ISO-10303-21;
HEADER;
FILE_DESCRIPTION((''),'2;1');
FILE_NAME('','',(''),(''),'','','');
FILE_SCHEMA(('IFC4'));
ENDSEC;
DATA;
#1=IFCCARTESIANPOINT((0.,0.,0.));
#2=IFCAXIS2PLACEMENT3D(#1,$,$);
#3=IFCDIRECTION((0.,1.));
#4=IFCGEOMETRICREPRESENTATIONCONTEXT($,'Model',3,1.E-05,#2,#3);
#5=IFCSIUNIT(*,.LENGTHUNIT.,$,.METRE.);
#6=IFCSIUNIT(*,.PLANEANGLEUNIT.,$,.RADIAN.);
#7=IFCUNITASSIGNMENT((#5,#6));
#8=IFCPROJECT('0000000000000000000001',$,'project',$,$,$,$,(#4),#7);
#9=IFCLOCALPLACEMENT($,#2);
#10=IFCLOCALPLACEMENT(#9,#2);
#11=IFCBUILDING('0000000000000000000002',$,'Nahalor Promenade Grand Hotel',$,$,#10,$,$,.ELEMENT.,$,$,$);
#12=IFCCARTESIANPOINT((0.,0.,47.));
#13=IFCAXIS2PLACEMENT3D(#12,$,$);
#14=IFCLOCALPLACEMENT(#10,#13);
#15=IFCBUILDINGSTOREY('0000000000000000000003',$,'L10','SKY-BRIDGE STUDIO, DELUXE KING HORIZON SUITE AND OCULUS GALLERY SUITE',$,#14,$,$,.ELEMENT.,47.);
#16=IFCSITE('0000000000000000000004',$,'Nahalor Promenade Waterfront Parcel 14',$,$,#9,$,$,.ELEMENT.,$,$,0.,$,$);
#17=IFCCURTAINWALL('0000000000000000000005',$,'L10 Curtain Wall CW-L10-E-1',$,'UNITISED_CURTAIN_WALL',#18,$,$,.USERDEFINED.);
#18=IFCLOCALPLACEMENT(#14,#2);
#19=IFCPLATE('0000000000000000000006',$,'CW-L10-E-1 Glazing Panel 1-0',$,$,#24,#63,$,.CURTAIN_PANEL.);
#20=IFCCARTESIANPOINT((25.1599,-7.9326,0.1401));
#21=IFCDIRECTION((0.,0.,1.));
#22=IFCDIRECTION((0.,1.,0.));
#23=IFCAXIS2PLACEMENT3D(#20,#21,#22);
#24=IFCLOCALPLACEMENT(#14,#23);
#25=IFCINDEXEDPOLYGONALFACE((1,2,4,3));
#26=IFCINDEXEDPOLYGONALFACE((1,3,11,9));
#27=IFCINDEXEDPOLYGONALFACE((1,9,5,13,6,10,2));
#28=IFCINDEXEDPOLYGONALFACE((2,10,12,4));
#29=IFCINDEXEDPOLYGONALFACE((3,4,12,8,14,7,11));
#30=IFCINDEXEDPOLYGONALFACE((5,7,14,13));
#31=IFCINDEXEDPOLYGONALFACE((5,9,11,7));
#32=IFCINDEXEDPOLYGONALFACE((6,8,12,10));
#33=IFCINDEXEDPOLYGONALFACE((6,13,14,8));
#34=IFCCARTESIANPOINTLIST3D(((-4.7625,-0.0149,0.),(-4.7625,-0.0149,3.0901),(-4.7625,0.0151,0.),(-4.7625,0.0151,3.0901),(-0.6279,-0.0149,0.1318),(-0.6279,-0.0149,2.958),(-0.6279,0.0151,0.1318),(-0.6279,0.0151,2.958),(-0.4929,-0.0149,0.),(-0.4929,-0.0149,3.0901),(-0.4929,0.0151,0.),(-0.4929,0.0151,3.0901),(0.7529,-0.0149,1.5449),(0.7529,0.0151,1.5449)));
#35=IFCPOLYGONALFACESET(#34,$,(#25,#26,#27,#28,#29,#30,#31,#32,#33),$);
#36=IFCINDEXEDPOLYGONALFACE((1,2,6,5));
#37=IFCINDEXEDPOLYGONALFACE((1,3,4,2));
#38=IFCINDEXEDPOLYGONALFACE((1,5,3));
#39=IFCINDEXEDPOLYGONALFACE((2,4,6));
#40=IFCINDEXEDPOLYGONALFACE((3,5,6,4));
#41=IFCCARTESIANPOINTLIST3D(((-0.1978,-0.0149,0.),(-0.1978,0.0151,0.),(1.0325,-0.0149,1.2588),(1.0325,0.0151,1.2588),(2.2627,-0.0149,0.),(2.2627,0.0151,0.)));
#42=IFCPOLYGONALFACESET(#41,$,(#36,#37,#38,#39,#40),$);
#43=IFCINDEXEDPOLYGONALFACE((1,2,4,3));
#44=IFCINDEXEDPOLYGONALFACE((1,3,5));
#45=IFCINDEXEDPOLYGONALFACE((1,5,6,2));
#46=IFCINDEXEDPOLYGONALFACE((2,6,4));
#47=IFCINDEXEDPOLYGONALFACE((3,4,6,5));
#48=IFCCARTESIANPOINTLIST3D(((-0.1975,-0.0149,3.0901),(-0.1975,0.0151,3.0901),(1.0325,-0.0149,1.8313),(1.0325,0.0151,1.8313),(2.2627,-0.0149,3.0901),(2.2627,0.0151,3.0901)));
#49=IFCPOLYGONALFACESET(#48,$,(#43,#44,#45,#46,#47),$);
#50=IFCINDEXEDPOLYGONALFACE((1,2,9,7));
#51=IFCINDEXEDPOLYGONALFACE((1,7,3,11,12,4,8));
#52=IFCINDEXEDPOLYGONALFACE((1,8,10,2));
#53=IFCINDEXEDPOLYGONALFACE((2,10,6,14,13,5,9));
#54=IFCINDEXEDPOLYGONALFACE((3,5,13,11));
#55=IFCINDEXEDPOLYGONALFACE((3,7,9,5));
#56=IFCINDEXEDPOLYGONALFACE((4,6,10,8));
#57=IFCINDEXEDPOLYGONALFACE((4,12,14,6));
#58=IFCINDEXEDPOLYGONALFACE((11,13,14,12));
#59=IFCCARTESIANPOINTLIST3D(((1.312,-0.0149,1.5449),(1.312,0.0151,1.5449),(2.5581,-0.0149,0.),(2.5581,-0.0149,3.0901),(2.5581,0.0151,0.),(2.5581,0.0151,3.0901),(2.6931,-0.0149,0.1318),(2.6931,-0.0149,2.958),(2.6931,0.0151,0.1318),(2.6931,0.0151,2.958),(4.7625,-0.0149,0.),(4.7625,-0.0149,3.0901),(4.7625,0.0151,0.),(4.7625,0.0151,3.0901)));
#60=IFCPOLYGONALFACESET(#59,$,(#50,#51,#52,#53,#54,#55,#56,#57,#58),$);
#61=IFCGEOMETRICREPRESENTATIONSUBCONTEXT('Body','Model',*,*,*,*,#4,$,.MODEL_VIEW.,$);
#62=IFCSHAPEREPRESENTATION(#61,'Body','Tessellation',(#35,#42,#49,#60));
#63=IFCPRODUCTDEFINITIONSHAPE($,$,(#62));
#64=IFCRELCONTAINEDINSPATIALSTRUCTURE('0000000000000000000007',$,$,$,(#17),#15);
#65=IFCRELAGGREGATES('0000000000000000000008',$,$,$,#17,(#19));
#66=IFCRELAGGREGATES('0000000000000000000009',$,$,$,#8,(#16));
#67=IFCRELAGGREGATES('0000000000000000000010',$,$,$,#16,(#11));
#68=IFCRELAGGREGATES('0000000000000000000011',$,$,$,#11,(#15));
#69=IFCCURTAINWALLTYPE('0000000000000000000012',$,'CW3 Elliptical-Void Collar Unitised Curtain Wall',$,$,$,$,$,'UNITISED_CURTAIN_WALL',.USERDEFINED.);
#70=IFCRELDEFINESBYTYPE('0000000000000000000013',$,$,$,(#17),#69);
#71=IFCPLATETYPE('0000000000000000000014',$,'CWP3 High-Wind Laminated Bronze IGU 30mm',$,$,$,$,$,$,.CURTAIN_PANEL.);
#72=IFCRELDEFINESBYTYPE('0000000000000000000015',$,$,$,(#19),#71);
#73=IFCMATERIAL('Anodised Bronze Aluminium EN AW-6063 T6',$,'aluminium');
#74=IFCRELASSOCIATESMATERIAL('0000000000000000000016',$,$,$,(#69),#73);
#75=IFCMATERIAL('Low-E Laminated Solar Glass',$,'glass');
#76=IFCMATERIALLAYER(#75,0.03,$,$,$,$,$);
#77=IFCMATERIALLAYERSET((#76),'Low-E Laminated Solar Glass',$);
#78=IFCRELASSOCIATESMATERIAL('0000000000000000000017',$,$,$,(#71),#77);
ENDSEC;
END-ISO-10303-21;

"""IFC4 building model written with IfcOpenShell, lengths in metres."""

from ifc_helpers import new_model, si_unit, direction, frame, origin, place, context, subcontext, project, spatial, polyline, outline, extrude, material, layer, layer_set, type_object, element, aggregate, save


model = new_model("IFC4")

# Units and contexts
model_context = context("Model", 3, precision=1e-05, world=origin(), true_north=direction((0.0, 1.0)))
body_context = subcontext(model_context, "Body", "Model", "MODEL_VIEW")
ifc_project = project(units=[si_unit("LENGTHUNIT", "METRE"), si_unit("PLANEANGLEUNIT", "RADIAN")], contexts=[model_context])

# Site, building, storey
site_placement = place(None, origin())
site = spatial("IfcSite", under=ifc_project, at=site_placement, Name="Nahalor Promenade Waterfront Parcel 14", CompositionType="ELEMENT", RefElevation=0.0)
building_placement = place(site_placement, origin())
building = spatial("IfcBuilding", under=site, at=building_placement, Name="Nahalor Promenade Grand Hotel", CompositionType="ELEMENT")
storey_placement = place(building_placement, frame((0.0, 0.0, 47.0)))
storey = spatial("IfcBuildingStorey", under=building, at=storey_placement, Name="L10", Description="SKY-BRIDGE STUDIO, DELUXE KING HORIZON SUITE AND OCULUS GALLERY SUITE", CompositionType="ELEMENT", Elevation=47.0)

# Curtain wall
ifc_material_1 = material(Name="Anodised Bronze Aluminium EN AW-6063 T6", Category="aluminium")
curtain_wall_type = type_object("IfcCurtainWallType", Name="CW3 Elliptical-Void Collar Unitised Curtain Wall", ElementType="UNITISED_CURTAIN_WALL", PredefinedType="USERDEFINED", material=ifc_material_1)
curtain_wall_1_placement = place(storey_placement, origin())
curtain_wall_1 = element("IfcCurtainWall", 1, at=curtain_wall_1_placement, inside=storey, type_object=curtain_wall_type, Name="L10 Curtain Wall CW-L10-E-1", ObjectType="UNITISED_CURTAIN_WALL", PredefinedType="USERDEFINED")

# Plate
ifc_material_2 = material(Name="Low-E Laminated Solar Glass", Category="glass")
ifc_layer_1 = layer(ifc_material_2, 0.03)
ifc_layer_set_1 = layer_set([ifc_layer_1], Name="Low-E Laminated Solar Glass")
plate_type_1 = type_object("IfcPlateType", Name="CWP3 High-Wind Laminated Bronze IGU 30mm", PredefinedType="CURTAIN_PANEL", material=ifc_layer_set_1)
plate_1_placement = place(storey_placement, frame((25.1599, -7.9326, 0.1401), z_axis=(0.0, 0.0, 1.0), x_axis=(0.0, 1.0, 0.0)))
plate_1 = element("IfcPlate", 2, at=plate_1_placement, type_object=plate_type_1, Name="CW-L10-E-1 Glazing Panel 1-0", PredefinedType="CURTAIN_PANEL", context=body_context, shape_type="SweptSolid", body=[
    extrude(outline(polyline([(-4.7625, 3.0901), (-4.7625, 0.0), (-0.4929, 0.0), (-0.6279, 0.1318), (0.7529, 1.5449), (-0.6279, 2.958), (-0.4929, 3.0901), (-4.7625, 3.0901)])), frame((0.0, 0.0151, 0.0), z_axis=(0.0, -1.0, 0.0), x_axis=(1.0, 0.0, 0.0)), (0.0, 0.0, 1.0), 0.03),
    extrude(outline(polyline([(1.0325, 1.2588), (-0.1978, 0.0), (2.2627, 0.0), (1.0325, 1.2588)])), frame((0.0, 0.0151, 0.0), z_axis=(0.0, -1.0, 0.0), x_axis=(1.0, 0.0, 0.0)), (0.0, 0.0, 1.0), 0.03),
    extrude(outline(polyline([(1.0325, 1.8313), (2.2627, 3.0901), (-0.1975, 3.0901), (1.0325, 1.8313)])), frame((0.0, 0.0151, 0.0), z_axis=(0.0, -1.0, 0.0), x_axis=(1.0, 0.0, 0.0)), (0.0, 0.0, 1.0), 0.03),
    extrude(outline(polyline([(4.7625, 0.0), (4.7625, 3.0901), (2.5581, 3.0901), (2.6931, 2.958), (1.312, 1.5449), (2.6931, 0.1318), (2.5581, 0.0), (4.7625, 0.0)])), frame((0.0, 0.0151, 0.0), z_axis=(0.0, -1.0, 0.0), x_axis=(1.0, 0.0, 0.0)), (0.0, 0.0, 1.0), 0.03),
])
aggregate(curtain_wall_1, [plate_1])

save(model, "model.ifc")
